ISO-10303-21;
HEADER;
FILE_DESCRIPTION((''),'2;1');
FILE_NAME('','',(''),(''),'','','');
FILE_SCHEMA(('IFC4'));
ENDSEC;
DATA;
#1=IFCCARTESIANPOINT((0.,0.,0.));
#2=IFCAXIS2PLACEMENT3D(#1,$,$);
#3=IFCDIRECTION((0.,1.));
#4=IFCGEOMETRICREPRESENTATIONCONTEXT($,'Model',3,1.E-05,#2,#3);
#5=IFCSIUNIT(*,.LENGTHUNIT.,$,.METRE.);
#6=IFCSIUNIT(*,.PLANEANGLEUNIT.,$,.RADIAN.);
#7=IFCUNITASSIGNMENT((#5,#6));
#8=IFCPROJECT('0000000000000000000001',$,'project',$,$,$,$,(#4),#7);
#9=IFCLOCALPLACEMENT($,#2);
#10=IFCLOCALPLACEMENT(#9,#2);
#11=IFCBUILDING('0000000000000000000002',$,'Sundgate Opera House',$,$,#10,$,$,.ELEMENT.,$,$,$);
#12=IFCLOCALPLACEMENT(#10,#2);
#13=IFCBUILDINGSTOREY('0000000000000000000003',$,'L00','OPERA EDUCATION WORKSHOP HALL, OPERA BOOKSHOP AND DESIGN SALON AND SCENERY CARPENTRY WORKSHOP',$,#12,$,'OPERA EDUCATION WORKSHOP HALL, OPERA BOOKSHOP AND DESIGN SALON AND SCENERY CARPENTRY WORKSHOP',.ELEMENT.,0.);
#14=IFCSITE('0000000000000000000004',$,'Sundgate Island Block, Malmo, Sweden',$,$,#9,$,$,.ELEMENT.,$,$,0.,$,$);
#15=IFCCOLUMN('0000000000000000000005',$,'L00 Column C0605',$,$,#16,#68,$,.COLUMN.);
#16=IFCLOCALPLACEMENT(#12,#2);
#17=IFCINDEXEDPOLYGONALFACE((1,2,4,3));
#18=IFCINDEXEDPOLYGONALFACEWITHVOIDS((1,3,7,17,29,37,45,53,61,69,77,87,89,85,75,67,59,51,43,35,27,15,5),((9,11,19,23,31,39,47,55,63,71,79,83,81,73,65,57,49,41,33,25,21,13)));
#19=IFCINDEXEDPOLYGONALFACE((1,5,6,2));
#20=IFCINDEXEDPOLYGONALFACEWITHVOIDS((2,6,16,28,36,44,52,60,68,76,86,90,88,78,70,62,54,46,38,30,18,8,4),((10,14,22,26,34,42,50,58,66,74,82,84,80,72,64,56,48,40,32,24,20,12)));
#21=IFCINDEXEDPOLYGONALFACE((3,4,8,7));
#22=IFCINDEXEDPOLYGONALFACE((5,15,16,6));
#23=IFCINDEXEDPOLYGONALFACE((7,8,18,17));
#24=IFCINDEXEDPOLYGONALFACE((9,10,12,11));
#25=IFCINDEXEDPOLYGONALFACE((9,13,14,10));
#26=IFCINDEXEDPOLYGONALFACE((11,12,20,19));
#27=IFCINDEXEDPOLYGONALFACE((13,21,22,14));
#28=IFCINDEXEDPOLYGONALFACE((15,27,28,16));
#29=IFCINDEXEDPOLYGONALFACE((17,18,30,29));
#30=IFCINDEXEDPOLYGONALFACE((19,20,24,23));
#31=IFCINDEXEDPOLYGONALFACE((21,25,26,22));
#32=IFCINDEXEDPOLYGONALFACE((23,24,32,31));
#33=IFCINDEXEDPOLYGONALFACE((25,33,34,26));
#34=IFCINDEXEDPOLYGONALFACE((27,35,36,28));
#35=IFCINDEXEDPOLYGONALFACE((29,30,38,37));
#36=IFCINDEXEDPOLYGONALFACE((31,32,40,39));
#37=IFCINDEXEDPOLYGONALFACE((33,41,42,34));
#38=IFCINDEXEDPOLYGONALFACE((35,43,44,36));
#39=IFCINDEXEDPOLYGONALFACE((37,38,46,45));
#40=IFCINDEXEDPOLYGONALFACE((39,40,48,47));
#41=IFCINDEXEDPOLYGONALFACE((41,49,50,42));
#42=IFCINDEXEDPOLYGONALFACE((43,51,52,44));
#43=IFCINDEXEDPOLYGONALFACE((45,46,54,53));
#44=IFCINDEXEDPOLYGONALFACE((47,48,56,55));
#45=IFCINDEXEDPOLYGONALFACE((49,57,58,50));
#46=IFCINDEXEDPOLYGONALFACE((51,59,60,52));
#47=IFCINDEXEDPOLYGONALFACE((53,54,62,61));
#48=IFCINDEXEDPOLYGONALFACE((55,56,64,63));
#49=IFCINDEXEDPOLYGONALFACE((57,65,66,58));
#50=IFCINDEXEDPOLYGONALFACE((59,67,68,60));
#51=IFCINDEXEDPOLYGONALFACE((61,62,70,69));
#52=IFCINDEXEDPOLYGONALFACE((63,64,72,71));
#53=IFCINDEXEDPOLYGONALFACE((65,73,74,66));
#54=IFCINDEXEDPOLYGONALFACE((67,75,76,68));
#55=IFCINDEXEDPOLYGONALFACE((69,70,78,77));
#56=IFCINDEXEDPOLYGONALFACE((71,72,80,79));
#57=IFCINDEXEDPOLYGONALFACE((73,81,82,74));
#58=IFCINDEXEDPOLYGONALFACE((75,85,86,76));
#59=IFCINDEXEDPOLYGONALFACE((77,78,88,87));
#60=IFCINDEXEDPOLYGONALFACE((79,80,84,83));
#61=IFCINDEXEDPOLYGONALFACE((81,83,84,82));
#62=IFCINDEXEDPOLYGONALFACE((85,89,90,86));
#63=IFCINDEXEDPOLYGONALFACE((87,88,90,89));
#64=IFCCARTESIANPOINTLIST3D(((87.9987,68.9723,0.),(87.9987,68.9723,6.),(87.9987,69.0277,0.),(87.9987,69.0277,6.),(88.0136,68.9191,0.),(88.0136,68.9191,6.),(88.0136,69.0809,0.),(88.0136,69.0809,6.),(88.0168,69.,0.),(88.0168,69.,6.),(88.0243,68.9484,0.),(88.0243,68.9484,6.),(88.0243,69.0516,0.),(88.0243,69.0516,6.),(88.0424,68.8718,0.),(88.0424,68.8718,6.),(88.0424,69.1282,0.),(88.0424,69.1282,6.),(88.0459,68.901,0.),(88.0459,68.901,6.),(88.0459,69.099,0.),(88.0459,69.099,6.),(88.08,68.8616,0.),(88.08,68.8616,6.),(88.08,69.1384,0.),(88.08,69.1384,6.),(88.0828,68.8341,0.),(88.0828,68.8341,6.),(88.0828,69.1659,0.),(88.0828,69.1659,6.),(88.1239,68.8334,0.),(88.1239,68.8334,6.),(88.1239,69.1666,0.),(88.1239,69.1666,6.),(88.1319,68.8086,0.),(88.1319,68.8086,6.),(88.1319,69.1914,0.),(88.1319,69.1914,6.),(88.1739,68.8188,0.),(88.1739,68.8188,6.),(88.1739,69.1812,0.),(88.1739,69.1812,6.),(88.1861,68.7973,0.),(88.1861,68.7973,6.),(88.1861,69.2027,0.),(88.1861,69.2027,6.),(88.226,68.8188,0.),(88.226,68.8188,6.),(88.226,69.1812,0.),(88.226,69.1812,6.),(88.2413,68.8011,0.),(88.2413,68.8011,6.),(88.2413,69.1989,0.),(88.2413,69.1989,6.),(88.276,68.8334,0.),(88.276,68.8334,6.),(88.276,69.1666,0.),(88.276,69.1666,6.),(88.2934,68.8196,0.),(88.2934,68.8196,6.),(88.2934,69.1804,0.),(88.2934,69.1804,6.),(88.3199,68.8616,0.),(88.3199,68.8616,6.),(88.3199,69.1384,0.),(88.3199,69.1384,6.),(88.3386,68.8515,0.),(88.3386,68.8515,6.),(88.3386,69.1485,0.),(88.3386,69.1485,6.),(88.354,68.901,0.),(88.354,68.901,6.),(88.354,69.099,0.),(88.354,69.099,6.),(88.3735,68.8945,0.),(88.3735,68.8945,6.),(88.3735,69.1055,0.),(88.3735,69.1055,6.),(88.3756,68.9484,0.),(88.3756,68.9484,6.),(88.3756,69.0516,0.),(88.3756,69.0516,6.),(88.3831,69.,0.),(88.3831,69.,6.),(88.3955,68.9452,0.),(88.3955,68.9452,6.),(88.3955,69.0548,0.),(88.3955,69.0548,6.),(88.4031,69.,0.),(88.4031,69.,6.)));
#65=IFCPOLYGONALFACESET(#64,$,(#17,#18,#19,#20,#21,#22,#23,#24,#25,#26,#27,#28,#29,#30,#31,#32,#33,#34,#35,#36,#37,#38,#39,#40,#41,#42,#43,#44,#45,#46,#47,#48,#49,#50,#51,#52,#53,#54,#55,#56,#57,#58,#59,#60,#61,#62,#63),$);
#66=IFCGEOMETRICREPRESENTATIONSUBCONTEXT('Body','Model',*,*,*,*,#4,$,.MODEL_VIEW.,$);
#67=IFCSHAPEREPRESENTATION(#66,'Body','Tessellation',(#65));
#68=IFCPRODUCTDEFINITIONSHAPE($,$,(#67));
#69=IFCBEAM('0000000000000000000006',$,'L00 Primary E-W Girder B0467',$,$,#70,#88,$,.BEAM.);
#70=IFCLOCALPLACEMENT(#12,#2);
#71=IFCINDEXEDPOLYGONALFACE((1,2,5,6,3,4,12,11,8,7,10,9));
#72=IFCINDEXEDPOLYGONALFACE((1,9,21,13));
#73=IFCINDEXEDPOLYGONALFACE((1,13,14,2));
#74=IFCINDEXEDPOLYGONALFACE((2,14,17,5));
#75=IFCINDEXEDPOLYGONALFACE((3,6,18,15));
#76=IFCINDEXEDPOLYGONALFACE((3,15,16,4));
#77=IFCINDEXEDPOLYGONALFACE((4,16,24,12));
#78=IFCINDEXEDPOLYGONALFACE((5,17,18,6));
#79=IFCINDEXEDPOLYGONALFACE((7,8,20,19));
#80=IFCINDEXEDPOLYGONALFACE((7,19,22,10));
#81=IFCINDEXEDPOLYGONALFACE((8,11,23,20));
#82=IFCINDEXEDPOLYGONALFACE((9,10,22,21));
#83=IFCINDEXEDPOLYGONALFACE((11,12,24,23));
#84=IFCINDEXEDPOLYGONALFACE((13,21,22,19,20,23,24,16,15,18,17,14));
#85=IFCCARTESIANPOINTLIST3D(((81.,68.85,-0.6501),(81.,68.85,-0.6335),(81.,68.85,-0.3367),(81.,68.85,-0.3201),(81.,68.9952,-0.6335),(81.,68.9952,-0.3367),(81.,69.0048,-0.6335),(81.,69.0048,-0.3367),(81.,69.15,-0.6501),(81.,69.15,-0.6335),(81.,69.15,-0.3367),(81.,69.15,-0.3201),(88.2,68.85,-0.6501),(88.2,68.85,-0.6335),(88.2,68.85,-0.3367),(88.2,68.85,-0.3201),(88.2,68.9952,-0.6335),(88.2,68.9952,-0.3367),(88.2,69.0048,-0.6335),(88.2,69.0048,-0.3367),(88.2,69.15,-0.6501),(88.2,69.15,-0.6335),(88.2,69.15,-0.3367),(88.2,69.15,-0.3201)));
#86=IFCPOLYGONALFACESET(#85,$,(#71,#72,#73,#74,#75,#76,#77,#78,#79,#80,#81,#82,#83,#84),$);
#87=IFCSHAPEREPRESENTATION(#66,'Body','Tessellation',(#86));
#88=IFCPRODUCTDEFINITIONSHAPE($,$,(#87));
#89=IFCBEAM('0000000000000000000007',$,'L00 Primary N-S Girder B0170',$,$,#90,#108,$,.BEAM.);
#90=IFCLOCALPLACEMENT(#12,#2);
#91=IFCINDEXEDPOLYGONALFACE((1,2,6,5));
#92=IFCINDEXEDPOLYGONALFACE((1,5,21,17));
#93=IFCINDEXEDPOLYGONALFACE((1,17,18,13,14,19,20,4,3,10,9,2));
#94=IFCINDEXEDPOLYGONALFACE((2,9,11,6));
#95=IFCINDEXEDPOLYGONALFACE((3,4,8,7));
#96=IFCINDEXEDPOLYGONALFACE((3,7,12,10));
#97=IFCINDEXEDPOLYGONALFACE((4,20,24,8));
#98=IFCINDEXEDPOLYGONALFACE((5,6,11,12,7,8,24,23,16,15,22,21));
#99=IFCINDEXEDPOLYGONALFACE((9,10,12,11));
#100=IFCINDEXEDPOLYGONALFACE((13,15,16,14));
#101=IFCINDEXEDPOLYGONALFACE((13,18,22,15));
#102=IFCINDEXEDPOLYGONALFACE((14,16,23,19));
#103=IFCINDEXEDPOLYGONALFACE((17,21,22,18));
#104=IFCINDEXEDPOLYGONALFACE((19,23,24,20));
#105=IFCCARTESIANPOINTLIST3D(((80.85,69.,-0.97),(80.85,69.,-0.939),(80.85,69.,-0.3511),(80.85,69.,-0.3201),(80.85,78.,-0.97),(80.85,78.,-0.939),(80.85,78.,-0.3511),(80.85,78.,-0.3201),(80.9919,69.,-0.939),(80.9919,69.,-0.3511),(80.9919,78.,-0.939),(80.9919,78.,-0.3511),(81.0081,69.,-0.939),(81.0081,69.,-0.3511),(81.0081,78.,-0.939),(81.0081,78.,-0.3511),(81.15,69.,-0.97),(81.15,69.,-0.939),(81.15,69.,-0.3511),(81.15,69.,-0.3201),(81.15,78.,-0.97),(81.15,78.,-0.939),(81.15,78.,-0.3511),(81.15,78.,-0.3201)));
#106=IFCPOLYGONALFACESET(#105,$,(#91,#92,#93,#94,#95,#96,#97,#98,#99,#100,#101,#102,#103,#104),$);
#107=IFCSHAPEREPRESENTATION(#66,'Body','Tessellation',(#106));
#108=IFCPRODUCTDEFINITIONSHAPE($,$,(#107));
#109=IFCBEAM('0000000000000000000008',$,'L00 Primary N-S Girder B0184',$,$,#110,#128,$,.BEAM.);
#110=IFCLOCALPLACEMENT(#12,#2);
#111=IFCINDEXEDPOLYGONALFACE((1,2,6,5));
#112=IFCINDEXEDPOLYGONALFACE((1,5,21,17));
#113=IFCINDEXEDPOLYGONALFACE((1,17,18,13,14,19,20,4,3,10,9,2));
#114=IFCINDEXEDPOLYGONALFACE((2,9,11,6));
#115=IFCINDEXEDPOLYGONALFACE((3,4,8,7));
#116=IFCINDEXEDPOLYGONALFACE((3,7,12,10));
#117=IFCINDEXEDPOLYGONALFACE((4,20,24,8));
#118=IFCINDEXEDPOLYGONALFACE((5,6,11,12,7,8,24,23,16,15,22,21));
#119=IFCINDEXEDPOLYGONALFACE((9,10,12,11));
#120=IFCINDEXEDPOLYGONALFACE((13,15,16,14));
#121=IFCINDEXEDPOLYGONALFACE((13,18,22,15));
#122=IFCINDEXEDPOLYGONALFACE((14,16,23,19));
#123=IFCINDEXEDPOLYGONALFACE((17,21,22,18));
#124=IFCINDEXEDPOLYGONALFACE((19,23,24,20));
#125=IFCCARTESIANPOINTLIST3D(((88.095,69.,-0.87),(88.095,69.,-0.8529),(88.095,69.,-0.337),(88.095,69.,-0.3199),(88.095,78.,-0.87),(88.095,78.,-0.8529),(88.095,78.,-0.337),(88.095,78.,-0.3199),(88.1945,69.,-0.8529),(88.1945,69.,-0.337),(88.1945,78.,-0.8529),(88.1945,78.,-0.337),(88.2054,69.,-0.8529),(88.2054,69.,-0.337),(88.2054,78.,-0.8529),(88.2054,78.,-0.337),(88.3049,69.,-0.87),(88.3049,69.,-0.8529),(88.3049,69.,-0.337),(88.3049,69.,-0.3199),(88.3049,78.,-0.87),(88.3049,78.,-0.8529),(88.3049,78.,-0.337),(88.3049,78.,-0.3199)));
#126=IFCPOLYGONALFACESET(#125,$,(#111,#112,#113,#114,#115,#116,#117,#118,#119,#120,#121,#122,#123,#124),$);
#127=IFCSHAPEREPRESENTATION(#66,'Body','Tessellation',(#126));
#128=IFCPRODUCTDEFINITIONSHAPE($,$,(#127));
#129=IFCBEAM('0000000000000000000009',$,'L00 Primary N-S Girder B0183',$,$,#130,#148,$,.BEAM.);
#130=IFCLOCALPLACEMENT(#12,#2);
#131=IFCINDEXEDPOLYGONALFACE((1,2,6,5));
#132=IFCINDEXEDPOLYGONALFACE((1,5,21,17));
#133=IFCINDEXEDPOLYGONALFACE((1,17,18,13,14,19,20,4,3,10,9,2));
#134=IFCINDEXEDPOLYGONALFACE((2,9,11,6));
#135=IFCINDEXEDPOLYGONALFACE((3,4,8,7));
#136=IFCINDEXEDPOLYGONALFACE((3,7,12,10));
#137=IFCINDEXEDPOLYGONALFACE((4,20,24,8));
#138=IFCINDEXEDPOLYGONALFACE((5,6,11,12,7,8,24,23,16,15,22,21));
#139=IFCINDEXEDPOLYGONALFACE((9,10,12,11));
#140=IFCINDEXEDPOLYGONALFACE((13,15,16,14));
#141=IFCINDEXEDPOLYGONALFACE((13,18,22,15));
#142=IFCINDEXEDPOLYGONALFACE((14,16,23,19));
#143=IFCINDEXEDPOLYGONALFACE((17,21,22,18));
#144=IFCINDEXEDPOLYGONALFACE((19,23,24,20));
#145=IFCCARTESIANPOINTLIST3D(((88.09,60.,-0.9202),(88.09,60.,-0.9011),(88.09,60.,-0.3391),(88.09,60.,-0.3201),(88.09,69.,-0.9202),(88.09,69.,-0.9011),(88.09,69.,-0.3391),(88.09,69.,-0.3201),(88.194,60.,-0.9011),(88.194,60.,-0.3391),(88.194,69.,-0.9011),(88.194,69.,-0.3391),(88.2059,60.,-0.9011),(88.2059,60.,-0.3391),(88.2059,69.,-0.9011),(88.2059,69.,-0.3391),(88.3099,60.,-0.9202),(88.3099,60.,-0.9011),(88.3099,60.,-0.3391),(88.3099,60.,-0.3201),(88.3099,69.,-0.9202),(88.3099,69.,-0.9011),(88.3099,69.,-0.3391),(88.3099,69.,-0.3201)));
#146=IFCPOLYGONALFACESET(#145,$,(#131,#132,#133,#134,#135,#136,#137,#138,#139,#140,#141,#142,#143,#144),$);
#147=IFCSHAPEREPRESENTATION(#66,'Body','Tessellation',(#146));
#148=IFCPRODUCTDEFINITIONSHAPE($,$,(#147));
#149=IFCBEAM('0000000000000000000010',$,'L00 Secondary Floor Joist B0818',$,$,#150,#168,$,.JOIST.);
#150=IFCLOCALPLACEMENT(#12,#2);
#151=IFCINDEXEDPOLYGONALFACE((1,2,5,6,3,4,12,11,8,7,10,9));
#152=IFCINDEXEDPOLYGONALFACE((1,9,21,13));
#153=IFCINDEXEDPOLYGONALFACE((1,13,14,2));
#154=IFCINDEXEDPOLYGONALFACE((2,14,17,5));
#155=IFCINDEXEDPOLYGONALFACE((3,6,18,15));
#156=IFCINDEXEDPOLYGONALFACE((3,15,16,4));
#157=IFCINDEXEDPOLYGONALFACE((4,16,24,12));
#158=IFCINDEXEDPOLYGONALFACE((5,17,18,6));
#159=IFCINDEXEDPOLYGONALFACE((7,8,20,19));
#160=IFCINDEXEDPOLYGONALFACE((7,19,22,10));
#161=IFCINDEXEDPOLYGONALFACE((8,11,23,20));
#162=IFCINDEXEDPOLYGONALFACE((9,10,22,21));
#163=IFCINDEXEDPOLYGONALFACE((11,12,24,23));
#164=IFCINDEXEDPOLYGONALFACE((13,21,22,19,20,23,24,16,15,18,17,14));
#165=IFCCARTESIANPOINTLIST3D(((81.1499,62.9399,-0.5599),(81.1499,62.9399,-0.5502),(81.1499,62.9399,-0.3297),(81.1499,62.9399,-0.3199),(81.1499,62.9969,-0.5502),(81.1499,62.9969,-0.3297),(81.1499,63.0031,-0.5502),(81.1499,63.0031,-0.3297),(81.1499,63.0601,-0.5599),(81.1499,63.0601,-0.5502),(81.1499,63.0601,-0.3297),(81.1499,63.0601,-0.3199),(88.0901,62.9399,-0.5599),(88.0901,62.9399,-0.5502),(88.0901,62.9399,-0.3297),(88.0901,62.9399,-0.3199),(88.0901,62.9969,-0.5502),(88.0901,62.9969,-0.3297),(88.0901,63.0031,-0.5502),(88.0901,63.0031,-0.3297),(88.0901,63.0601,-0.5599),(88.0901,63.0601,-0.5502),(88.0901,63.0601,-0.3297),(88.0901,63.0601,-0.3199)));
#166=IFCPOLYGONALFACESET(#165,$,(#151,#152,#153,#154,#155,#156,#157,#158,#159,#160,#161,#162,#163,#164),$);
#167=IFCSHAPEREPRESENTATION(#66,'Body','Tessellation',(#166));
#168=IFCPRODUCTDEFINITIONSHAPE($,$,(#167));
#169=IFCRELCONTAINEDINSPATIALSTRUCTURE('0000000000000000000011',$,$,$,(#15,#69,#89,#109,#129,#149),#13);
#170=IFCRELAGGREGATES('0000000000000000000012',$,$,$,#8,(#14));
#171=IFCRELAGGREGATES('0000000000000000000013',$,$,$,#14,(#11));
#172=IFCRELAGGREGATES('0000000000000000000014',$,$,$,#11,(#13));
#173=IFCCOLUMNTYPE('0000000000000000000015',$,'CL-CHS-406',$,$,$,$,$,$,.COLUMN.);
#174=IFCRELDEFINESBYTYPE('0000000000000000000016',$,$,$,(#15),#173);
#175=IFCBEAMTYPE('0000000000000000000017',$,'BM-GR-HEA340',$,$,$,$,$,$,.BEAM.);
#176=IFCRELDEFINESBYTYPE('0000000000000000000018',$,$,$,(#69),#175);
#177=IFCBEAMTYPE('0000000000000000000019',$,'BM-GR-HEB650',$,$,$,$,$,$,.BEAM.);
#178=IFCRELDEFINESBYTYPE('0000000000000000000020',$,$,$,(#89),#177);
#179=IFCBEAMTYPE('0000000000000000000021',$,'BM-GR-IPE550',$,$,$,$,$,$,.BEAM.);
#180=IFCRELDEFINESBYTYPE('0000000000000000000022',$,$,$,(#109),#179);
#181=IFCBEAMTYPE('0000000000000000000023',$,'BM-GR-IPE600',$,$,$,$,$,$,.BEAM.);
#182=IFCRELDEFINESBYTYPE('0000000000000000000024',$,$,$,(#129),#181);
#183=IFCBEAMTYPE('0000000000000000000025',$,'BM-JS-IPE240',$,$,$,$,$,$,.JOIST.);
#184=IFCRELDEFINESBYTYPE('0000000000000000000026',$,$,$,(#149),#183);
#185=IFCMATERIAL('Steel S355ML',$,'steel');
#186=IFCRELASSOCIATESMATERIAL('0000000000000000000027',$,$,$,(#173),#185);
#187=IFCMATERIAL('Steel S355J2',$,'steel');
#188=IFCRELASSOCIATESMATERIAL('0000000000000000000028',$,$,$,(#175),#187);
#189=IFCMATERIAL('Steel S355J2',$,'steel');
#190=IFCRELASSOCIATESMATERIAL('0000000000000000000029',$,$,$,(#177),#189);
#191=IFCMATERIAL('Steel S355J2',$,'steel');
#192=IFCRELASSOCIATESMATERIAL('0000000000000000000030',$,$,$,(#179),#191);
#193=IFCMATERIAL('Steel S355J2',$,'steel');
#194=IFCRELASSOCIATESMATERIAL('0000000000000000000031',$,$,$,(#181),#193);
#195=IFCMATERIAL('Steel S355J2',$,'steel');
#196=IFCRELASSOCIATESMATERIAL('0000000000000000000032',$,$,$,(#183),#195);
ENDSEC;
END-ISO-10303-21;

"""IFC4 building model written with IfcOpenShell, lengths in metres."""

from ifc_helpers import new_model, si_unit, direction, frame, origin, origin_2d, place, context, subcontext, project, spatial, hollow_circle, i_section, extrude, material, material_profile, profile_set, type_object, element, save


model = new_model("IFC4")

# Units and contexts
model_context = context("Model", 3, precision=1e-05, world=origin(), true_north=direction((0.0, 1.0)))
body_context = subcontext(model_context, "Body", "Model", "MODEL_VIEW")
ifc_project = project(units=[si_unit("LENGTHUNIT", "METRE"), si_unit("PLANEANGLEUNIT", "RADIAN")], contexts=[model_context])

# Site, building, storey
site_placement = place(None, origin())
site = spatial("IfcSite", under=ifc_project, at=site_placement, Name="Sundgate Island Block, Malmo, Sweden", CompositionType="ELEMENT", RefElevation=0.0)
building_placement = place(site_placement, origin())
building = spatial("IfcBuilding", under=site, at=building_placement, Name="Sundgate Opera House", CompositionType="ELEMENT")
storey_placement = place(building_placement, origin())
storey = spatial("IfcBuildingStorey", under=building, at=storey_placement, Name="L00", Description="OPERA EDUCATION WORKSHOP HALL, OPERA BOOKSHOP AND DESIGN SALON AND SCENERY CARPENTRY WORKSHOP", LongName="OPERA EDUCATION WORKSHOP HALL, OPERA BOOKSHOP AND DESIGN SALON AND SCENERY CARPENTRY WORKSHOP", CompositionType="ELEMENT", Elevation=0.0)

# Column
ifc_material_1 = material(Name="Steel S355ML", Category="steel")
ifc_material_profile_1 = material_profile(ifc_material_1, hollow_circle(Radius=0.2031, WallThickness=0.02, at=origin_2d()), Name="CHS 406.4x20.0")
ifc_profile_set_1 = profile_set([ifc_material_profile_1], Name="Steel S355ML")
column_type = type_object("IfcColumnType", Name="CL-CHS-406", PredefinedType="COLUMN", material=ifc_profile_set_1)
column_placement = place(storey_placement, frame((88.2, 69.0, 0.0), z_axis=(0.0, 0.0, 1.0), x_axis=(1.0, 0.0, 0.0)))
element("IfcColumn", 1, at=column_placement, inside=storey, type_object=column_type, Name="L00 Column C0605", PredefinedType="COLUMN", context=body_context, shape_type="SweptSolid", body=[
    extrude(hollow_circle(Radius=0.2031, WallThickness=0.02, at=origin_2d()), origin(), (0.0, 0.0, 1.0), 6.0),
])

# Beams
ifc_material_2 = material(Name="Steel S355J2", Category="steel")
ifc_material_profile_2 = material_profile(ifc_material_2, i_section(OverallWidth=0.3, OverallDepth=0.3301, WebThickness=0.0095, FlangeThickness=0.0166, at=origin_2d()), Name="HEA 340")
ifc_profile_set_2 = profile_set([ifc_material_profile_2], Name="Steel S355J2")
beam_type_1 = type_object("IfcBeamType", Name="BM-GR-HEA340", PredefinedType="BEAM", material=ifc_profile_set_2)
beam_1_placement = place(storey_placement, frame((81.0, 69.0, -0.4851), z_axis=(1.0, 0.0, 0.0), x_axis=(0.0, 1.0, 0.0)))
element("IfcBeam", 2, at=beam_1_placement, inside=storey, type_object=beam_type_1, Name="L00 Primary E-W Girder B0467", PredefinedType="BEAM", context=body_context, shape_type="SweptSolid", body=[
    extrude(i_section(OverallWidth=0.3, OverallDepth=0.3301, WebThickness=0.0095, FlangeThickness=0.0166, at=origin_2d()), origin(), (0.0, 0.0, 1.0), 7.2),
])
ifc_material_3 = material(Name="Steel S355J2", Category="steel")
ifc_material_profile_3 = material_profile(ifc_material_3, i_section(OverallWidth=0.3, OverallDepth=0.6499, WebThickness=0.0161, FlangeThickness=0.031, at=origin_2d()), Name="HEB 650")
ifc_profile_set_3 = profile_set([ifc_material_profile_3], Name="Steel S355J2")
beam_type_2 = type_object("IfcBeamType", Name="BM-GR-HEB650", PredefinedType="BEAM", material=ifc_profile_set_3)
beam_2_placement = place(storey_placement, frame((81.0, 69.0, -0.645), z_axis=(0.0, 1.0, 0.0), x_axis=(-1.0, 0.0, 0.0)))
element("IfcBeam", 3, at=beam_2_placement, inside=storey, type_object=beam_type_2, Name="L00 Primary N-S Girder B0170", PredefinedType="BEAM", context=body_context, shape_type="SweptSolid", body=[
    extrude(i_section(OverallWidth=0.3, OverallDepth=0.6499, WebThickness=0.0161, FlangeThickness=0.031, at=origin_2d()), origin(), (0.0, 0.0, 1.0), 9.0),
])
ifc_material_4 = material(Name="Steel S355J2", Category="steel")
ifc_material_profile_4 = material_profile(ifc_material_4, i_section(OverallWidth=0.21, OverallDepth=0.55, WebThickness=0.011, FlangeThickness=0.0171, at=origin_2d()), Name="IPE 550")
ifc_profile_set_4 = profile_set([ifc_material_profile_4], Name="Steel S355J2")
beam_type_3 = type_object("IfcBeamType", Name="BM-GR-IPE550", PredefinedType="BEAM", material=ifc_profile_set_4)
beam_3_placement = place(storey_placement, frame((88.2, 69.0, -0.595), z_axis=(0.0, 1.0, 0.0), x_axis=(-1.0, 0.0, 0.0)))
element("IfcBeam", 4, at=beam_3_placement, inside=storey, type_object=beam_type_3, Name="L00 Primary N-S Girder B0184", PredefinedType="BEAM", context=body_context, shape_type="SweptSolid", body=[
    extrude(i_section(OverallWidth=0.21, OverallDepth=0.55, WebThickness=0.011, FlangeThickness=0.0171, at=origin_2d()), origin(), (0.0, 0.0, 1.0), 9.0),
])
ifc_material_5 = material(Name="Steel S355J2", Category="steel")
ifc_material_profile_5 = material_profile(ifc_material_5, i_section(OverallWidth=0.22, OverallDepth=0.6001, WebThickness=0.012, FlangeThickness=0.019, at=origin_2d()), Name="IPE 600")
ifc_profile_set_5 = profile_set([ifc_material_profile_5], Name="Steel S355J2")
beam_type_4 = type_object("IfcBeamType", Name="BM-GR-IPE600", PredefinedType="BEAM", material=ifc_profile_set_5)
beam_4_placement = place(storey_placement, frame((88.2, 60.0, -0.6201), z_axis=(0.0, 1.0, 0.0), x_axis=(-1.0, 0.0, 0.0)))
element("IfcBeam", 5, at=beam_4_placement, inside=storey, type_object=beam_type_4, Name="L00 Primary N-S Girder B0183", PredefinedType="BEAM", context=body_context, shape_type="SweptSolid", body=[
    extrude(i_section(OverallWidth=0.22, OverallDepth=0.6001, WebThickness=0.012, FlangeThickness=0.019, at=origin_2d()), origin(), (0.0, 0.0, 1.0), 9.0),
])
ifc_material_6 = material(Name="Steel S355J2", Category="steel")
ifc_material_profile_6 = material_profile(ifc_material_6, i_section(OverallWidth=0.1201, OverallDepth=0.24, WebThickness=0.0061, FlangeThickness=0.0098, at=origin_2d()), Name="IPE 240")
ifc_profile_set_6 = profile_set([ifc_material_profile_6], Name="Steel S355J2")
beam_type_5 = type_object("IfcBeamType", Name="BM-JS-IPE240", PredefinedType="JOIST", material=ifc_profile_set_6)
beam_5_placement = place(storey_placement, frame((81.1499, 63.0, -0.4399), z_axis=(1.0, 0.0, 0.0), x_axis=(0.0, 1.0, 0.0)))
element("IfcBeam", 6, at=beam_5_placement, inside=storey, type_object=beam_type_5, Name="L00 Secondary Floor Joist B0818", PredefinedType="JOIST", context=body_context, shape_type="SweptSolid", body=[
    extrude(i_section(OverallWidth=0.1201, OverallDepth=0.24, WebThickness=0.0061, FlangeThickness=0.0098, at=origin_2d()), origin(), (0.0, 0.0, 1.0), 6.9402),
])

save(model, "model.ifc")
